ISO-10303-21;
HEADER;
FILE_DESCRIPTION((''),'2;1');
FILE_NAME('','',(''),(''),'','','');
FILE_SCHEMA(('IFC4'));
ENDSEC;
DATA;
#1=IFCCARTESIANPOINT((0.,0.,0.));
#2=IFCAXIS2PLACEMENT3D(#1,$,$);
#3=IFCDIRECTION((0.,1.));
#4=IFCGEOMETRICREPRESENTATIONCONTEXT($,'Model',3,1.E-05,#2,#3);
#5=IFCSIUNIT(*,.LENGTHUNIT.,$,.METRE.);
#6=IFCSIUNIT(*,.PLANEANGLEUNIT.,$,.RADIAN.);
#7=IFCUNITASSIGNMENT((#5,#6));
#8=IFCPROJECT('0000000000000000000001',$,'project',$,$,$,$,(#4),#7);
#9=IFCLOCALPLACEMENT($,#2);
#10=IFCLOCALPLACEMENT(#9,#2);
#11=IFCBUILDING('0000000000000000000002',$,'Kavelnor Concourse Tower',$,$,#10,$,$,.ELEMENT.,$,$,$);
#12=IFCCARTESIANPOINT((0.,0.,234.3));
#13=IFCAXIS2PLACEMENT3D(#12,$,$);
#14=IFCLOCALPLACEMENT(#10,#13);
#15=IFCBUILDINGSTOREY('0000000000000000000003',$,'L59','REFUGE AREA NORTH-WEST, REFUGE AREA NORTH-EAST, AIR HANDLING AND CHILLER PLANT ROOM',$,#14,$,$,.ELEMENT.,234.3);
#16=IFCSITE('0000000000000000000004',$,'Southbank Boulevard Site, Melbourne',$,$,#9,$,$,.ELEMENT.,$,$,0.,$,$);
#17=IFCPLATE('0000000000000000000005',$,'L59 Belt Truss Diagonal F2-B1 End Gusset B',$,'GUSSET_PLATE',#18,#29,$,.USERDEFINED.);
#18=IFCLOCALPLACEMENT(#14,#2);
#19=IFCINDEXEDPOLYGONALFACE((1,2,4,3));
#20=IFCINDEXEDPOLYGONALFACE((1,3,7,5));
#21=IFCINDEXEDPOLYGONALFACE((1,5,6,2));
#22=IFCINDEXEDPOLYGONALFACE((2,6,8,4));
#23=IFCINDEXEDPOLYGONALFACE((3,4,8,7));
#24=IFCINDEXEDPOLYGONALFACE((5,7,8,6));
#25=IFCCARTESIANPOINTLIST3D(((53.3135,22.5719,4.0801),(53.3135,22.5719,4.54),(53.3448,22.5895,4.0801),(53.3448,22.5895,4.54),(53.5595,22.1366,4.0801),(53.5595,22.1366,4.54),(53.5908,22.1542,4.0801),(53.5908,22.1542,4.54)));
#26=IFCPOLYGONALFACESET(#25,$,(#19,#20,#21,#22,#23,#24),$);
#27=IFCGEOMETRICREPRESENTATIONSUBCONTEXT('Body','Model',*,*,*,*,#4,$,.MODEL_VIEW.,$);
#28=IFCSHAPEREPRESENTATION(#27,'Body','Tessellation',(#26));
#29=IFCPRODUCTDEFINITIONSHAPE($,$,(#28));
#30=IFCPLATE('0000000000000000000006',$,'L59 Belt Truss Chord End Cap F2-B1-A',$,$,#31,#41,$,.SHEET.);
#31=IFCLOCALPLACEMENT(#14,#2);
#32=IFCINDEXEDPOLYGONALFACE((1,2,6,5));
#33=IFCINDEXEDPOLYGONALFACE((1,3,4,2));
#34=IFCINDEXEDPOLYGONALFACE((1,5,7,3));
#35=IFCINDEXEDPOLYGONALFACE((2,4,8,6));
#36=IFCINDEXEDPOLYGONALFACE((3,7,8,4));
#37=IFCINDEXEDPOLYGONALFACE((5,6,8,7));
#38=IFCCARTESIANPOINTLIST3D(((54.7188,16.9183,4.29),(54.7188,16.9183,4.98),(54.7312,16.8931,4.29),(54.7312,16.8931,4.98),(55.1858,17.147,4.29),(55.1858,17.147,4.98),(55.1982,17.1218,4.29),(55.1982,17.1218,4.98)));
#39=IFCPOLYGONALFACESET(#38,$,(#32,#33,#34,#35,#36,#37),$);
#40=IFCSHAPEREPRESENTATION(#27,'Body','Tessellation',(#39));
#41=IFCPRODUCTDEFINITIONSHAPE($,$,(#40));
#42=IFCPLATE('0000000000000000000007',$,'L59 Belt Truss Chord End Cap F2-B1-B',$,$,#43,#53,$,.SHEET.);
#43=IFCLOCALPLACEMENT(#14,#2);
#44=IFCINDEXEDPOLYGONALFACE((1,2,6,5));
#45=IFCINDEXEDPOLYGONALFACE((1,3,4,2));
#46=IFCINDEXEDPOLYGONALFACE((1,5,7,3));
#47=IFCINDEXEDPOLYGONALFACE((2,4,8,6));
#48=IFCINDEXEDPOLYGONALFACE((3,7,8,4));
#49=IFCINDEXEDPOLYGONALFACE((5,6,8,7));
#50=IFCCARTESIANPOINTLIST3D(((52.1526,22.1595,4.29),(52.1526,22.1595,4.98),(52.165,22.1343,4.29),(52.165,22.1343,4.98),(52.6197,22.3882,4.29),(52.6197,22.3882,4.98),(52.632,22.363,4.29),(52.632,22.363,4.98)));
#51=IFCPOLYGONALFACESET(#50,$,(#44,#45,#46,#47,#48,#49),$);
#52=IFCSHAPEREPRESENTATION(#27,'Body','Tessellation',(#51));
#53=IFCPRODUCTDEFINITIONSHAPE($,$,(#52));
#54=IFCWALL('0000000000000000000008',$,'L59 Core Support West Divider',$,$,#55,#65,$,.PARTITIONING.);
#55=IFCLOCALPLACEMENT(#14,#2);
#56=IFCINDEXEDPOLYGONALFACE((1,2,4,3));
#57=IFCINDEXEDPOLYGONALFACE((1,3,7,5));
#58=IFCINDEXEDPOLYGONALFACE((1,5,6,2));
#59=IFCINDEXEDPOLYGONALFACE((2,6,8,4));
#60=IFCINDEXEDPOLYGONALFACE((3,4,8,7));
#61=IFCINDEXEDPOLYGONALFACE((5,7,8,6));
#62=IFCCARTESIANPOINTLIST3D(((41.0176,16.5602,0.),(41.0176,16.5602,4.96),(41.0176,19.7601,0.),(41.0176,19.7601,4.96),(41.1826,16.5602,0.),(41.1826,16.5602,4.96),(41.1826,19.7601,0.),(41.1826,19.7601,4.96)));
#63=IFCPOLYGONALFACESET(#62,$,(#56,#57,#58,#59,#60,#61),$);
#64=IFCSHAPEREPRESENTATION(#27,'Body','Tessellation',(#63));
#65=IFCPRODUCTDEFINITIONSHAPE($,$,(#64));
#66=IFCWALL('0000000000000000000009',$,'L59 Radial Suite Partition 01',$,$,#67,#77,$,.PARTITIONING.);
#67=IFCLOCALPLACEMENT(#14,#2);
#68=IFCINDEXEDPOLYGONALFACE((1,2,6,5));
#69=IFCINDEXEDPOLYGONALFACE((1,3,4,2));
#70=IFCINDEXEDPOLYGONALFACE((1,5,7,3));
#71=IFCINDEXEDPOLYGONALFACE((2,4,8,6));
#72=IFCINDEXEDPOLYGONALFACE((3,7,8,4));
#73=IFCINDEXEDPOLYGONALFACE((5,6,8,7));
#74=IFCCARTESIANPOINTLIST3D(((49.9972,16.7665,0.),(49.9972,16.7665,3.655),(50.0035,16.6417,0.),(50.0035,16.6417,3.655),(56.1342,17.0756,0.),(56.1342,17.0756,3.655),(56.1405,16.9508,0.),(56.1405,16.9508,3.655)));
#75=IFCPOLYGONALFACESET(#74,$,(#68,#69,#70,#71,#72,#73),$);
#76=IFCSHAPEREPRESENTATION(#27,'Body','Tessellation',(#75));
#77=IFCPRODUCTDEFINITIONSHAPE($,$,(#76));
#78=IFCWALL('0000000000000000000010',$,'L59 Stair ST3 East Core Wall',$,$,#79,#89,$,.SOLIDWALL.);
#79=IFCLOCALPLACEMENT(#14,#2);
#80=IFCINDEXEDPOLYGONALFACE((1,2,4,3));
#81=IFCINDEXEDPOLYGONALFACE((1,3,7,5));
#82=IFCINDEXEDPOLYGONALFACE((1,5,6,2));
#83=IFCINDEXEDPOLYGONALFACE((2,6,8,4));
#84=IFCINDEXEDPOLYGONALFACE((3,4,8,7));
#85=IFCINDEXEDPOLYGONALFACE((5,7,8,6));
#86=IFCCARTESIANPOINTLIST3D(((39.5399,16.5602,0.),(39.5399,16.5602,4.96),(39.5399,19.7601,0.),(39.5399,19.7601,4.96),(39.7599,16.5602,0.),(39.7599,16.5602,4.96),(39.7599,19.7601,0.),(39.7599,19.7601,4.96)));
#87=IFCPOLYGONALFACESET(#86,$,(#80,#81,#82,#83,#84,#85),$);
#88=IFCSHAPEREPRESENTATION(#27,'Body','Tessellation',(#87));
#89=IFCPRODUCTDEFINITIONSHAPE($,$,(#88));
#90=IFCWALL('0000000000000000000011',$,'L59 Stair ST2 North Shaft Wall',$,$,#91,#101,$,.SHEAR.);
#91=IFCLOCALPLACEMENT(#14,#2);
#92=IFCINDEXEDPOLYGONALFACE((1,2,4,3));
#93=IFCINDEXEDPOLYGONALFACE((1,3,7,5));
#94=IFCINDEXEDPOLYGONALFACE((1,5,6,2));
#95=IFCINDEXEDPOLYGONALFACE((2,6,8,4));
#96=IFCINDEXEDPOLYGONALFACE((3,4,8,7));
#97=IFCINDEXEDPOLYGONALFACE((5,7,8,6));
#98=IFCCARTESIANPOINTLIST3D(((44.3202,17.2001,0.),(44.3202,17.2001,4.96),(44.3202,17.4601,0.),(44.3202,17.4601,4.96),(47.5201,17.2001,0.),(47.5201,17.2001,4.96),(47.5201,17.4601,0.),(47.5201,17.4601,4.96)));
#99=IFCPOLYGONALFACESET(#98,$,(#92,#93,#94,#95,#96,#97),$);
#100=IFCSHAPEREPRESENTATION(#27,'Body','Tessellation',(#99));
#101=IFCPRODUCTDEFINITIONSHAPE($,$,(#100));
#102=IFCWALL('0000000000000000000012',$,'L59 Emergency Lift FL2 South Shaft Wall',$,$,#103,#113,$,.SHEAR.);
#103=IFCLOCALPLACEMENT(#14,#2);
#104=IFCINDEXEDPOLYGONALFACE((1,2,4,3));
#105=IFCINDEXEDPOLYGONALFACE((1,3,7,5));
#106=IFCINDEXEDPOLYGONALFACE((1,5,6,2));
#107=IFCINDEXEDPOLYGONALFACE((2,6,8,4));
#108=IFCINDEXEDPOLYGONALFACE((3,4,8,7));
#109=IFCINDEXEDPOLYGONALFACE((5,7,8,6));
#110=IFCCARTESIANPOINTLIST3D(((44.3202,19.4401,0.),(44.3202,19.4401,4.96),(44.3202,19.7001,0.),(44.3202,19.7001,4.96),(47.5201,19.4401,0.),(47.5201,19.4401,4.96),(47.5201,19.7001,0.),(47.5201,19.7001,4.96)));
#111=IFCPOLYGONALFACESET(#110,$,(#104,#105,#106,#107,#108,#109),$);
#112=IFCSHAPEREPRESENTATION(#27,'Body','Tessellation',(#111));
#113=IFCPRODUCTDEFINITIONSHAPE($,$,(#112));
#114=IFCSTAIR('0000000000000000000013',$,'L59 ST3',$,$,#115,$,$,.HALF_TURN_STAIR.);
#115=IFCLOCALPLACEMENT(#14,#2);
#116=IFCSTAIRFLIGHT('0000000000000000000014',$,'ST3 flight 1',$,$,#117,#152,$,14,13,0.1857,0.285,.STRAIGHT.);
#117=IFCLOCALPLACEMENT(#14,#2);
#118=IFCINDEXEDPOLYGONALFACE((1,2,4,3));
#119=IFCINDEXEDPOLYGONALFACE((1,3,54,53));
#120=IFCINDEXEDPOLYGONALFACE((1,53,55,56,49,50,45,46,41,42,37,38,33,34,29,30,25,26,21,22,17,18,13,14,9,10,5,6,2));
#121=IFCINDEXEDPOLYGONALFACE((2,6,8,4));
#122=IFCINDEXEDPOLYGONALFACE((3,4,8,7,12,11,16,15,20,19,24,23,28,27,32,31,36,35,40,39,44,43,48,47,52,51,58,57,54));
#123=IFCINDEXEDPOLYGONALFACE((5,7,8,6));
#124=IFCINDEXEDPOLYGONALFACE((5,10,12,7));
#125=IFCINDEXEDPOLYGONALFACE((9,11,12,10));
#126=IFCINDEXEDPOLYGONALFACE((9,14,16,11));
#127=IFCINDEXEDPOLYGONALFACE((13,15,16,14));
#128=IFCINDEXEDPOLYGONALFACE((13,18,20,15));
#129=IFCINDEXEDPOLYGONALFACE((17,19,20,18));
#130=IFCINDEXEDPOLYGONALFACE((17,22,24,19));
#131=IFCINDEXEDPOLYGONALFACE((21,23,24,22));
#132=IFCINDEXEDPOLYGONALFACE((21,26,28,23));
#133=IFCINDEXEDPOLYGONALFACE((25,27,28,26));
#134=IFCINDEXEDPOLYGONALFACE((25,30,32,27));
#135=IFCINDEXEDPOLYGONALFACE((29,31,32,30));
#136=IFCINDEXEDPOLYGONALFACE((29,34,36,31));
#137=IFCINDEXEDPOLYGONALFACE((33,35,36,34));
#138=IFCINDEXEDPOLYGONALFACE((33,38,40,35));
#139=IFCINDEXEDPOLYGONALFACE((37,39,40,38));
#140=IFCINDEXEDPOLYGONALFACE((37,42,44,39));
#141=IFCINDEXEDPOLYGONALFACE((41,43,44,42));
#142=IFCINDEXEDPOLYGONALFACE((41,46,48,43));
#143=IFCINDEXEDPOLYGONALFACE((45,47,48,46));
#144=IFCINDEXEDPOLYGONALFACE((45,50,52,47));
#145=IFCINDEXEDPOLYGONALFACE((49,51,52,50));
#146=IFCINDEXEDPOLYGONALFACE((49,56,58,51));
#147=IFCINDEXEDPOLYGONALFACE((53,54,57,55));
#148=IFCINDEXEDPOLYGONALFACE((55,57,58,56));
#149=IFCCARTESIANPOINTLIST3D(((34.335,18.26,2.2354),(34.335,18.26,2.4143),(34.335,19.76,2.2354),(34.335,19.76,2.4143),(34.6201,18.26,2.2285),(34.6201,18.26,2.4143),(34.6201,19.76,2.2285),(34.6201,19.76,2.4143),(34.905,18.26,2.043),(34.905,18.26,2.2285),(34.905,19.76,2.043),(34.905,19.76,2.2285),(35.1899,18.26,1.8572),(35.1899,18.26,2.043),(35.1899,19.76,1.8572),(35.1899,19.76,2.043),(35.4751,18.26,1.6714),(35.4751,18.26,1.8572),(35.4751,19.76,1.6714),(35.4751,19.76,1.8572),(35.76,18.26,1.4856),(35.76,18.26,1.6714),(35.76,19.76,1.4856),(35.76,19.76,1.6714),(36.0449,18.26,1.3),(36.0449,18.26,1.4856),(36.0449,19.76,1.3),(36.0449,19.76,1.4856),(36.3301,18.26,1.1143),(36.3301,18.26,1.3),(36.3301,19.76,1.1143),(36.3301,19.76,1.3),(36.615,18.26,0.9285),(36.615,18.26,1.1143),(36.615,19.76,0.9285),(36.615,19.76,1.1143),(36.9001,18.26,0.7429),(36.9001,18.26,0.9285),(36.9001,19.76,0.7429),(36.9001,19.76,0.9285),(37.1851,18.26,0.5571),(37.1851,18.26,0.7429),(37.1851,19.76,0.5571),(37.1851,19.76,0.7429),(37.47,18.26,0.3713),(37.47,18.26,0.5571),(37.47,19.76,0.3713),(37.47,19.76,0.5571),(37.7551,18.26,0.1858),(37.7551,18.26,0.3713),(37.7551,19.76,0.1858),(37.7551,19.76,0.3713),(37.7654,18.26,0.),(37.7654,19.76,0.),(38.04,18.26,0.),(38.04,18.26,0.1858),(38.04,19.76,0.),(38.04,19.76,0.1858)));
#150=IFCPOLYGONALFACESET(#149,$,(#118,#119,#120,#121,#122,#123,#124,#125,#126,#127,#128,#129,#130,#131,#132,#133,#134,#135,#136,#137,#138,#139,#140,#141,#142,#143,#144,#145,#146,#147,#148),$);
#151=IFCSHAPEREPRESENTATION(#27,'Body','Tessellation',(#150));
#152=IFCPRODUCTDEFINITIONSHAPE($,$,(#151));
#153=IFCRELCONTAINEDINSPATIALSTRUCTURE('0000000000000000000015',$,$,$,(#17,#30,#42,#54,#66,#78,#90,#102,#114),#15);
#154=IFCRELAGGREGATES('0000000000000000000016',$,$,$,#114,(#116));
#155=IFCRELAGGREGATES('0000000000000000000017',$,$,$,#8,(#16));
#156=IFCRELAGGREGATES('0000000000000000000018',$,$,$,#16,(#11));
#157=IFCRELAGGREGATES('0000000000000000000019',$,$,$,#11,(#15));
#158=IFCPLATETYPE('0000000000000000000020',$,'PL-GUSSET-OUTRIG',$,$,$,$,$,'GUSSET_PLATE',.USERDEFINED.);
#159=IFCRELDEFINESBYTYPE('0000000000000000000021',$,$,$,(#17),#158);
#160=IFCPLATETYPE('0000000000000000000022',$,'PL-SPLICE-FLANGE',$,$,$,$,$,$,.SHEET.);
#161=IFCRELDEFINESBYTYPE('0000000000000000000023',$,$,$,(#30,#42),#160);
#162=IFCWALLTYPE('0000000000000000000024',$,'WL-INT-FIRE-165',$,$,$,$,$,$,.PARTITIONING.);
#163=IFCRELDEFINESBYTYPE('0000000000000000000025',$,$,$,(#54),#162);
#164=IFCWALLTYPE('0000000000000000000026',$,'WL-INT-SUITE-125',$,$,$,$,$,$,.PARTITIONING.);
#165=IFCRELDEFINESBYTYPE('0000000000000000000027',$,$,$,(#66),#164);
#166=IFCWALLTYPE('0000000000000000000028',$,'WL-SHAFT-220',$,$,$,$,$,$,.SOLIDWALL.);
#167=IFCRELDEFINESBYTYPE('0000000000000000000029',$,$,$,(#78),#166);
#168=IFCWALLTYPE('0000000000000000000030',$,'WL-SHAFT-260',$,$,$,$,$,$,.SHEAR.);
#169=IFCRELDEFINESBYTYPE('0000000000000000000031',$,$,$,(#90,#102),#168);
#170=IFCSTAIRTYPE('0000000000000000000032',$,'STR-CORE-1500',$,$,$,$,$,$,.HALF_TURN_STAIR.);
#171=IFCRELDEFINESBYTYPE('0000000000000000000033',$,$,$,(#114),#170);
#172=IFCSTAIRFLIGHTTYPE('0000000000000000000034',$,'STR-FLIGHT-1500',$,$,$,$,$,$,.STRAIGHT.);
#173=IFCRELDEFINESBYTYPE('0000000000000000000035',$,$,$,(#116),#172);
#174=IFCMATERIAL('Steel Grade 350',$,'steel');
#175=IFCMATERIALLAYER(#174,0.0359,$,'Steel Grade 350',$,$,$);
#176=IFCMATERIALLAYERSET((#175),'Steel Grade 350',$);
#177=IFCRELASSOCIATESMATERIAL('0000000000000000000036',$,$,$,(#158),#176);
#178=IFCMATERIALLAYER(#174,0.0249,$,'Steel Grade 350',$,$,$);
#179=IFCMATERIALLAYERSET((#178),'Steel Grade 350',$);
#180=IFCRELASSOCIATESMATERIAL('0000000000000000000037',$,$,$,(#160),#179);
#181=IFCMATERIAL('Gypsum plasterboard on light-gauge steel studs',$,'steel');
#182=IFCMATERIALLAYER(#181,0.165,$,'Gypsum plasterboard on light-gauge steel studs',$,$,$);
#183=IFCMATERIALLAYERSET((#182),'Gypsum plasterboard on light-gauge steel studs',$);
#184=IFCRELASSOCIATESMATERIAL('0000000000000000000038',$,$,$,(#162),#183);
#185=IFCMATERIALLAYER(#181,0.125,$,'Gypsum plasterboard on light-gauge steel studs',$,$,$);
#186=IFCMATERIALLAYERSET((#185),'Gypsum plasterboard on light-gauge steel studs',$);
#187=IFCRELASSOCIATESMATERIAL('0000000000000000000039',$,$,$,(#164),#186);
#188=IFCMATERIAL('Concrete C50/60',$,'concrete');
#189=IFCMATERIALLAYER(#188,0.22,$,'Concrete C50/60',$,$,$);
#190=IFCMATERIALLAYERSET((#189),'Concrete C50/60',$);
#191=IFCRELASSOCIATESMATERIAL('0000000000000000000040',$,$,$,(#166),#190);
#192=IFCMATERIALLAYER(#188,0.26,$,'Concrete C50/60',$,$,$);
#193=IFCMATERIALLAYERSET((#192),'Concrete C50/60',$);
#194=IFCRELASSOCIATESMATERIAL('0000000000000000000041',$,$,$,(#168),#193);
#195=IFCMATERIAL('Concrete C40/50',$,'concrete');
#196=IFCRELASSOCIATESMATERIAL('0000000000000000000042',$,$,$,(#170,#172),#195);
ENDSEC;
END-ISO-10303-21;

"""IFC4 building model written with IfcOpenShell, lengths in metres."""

from ifc_helpers import new_model, si_unit, direction, frame, frame_2d, origin, origin_2d, place, context, subcontext, project, spatial, polyline, rectangle, outline, extrude, material, layer, layer_set, type_object, element, aggregate, save


model = new_model("IFC4")

# Units and contexts
model_context = context("Model", 3, precision=1e-05, world=origin(), true_north=direction((0.0, 1.0)))
body_context = subcontext(model_context, "Body", "Model", "MODEL_VIEW")
ifc_project = project(units=[si_unit("LENGTHUNIT", "METRE"), si_unit("PLANEANGLEUNIT", "RADIAN")], contexts=[model_context])

# Site, building, storey
site_placement = place(None, origin())
site = spatial("IfcSite", under=ifc_project, at=site_placement, Name="Southbank Boulevard Site, Melbourne", CompositionType="ELEMENT", RefElevation=0.0)
building_placement = place(site_placement, origin())
building = spatial("IfcBuilding", under=site, at=building_placement, Name="Kavelnor Concourse Tower", CompositionType="ELEMENT")
storey_placement = place(building_placement, frame((0.0, 0.0, 234.3)))
storey = spatial("IfcBuildingStorey", under=building, at=storey_placement, Name="L59", Description="REFUGE AREA NORTH-WEST, REFUGE AREA NORTH-EAST, AIR HANDLING AND CHILLER PLANT ROOM", CompositionType="ELEMENT", Elevation=234.3)

# Shared definitions
ifc_material_1 = material(Name="Steel Grade 350", Category="steel")

# Plates
ifc_layer_1 = layer(ifc_material_1, 0.0359, Name="Steel Grade 350")
ifc_layer_set_1 = layer_set([ifc_layer_1], Name="Steel Grade 350")
plate_type_1 = type_object("IfcPlateType", Name="PL-GUSSET-OUTRIG", ElementType="GUSSET_PLATE", PredefinedType="USERDEFINED", material=ifc_layer_set_1)
for number, where, z_axis, x_axis, name in (
    (1, (53.4521, 22.363, 4.0801), (0.0, 0.0, 1.0), (-0.491968, 0.870613, 0.0), "L59 Belt Truss Diagonal F2-B1 End Gusset B"),
):
    element("IfcPlate", number, at=place(storey_placement, frame(where, z_axis=z_axis, x_axis=x_axis)), inside=storey, type_object=plate_type_1, Name=name, ObjectType="GUSSET_PLATE", PredefinedType="USERDEFINED", context=body_context, shape_type="SweptSolid", body=[
        extrude(rectangle(XDim=0.5, YDim=0.0359, at=origin_2d()), origin(), (0.0, 0.0, 1.0), 0.46),
    ])
ifc_layer_2 = layer(ifc_material_1, 0.0249, Name="Steel Grade 350")
ifc_layer_set_2 = layer_set([ifc_layer_2], Name="Steel Grade 350")
plate_type_2 = type_object("IfcPlateType", Name="PL-SPLICE-FLANGE", PredefinedType="SHEET", material=ifc_layer_set_2)
for number, where, z_axis, x_axis, name in (
    (2, (54.9585, 17.02, 4.29), (0.0, 0.0, 1.0), (0.898104, 0.439782, 0.0), "L59 Belt Truss Chord End Cap F2-B1-A"),
    (3, (52.3923, 22.2612, 4.29), (0.0, 0.0, 1.0), (-0.898104, -0.439782, 0.0), "L59 Belt Truss Chord End Cap F2-B1-B"),
):
    element("IfcPlate", number, at=place(storey_placement, frame(where, z_axis=z_axis, x_axis=x_axis)), inside=storey, type_object=plate_type_2, Name=name, PredefinedType="SHEET", context=body_context, shape_type="SweptSolid", body=[
        extrude(rectangle(XDim=0.52, YDim=0.0281, at=origin_2d()), origin(), (0.0, 0.0, 1.0), 0.6899),
    ])

# Walls
ifc_material_2 = material(Name="Gypsum plasterboard on light-gauge steel studs", Category="steel")
ifc_layer_3 = layer(ifc_material_2, 0.165, Name="Gypsum plasterboard on light-gauge steel studs")
ifc_layer_set_3 = layer_set([ifc_layer_3], Name="Gypsum plasterboard on light-gauge steel studs")
wall_type_1 = type_object("IfcWallType", Name="WL-INT-FIRE-165", PredefinedType="PARTITIONING", material=ifc_layer_set_3)
wall_1_placement = place(storey_placement, frame((41.1001, 16.5601, 0.0), z_axis=(0.0, 0.0, 1.0), x_axis=(0.0, 1.0, 0.0)))
element("IfcWall", 4, at=wall_1_placement, inside=storey, type_object=wall_type_1, Name="L59 Core Support West Divider", PredefinedType="PARTITIONING", context=body_context, shape_type="SweptSolid", body=[
    extrude(rectangle(XDim=3.2, YDim=0.165, at=frame_2d((1.6001, 0.0))), origin(), (0.0, 0.0, 1.0), 4.96),
])
ifc_layer_4 = layer(ifc_material_2, 0.125, Name="Gypsum plasterboard on light-gauge steel studs")
ifc_layer_set_4 = layer_set([ifc_layer_4], Name="Gypsum plasterboard on light-gauge steel studs")
wall_type_2 = type_object("IfcWallType", Name="WL-INT-SUITE-125", PredefinedType="PARTITIONING", material=ifc_layer_set_4)
wall_2_placement = place(storey_placement, frame((50.0005, 16.7041, 0.0), z_axis=(0.0, 0.0, 1.0), x_axis=(0.998734, 0.0503, 0.0)))
element("IfcWall", 5, at=wall_2_placement, inside=storey, type_object=wall_type_2, Name="L59 Radial Suite Partition 01", PredefinedType="PARTITIONING", context=body_context, shape_type="SweptSolid", body=[
    extrude(rectangle(XDim=6.1448, YDim=0.125, at=frame_2d((3.0723, 0.0))), origin(), (0.0, 0.0, 1.0), 3.655),
])
ifc_material_3 = material(Name="Concrete C50/60", Category="concrete")
ifc_layer_5 = layer(ifc_material_3, 0.22, Name="Concrete C50/60")
ifc_layer_set_5 = layer_set([ifc_layer_5], Name="Concrete C50/60")
wall_type_3 = type_object("IfcWallType", Name="WL-SHAFT-220", PredefinedType="SOLIDWALL", material=ifc_layer_set_5)
wall_3_placement = place(storey_placement, frame((39.6499, 16.5601, 0.0), z_axis=(0.0, 0.0, 1.0), x_axis=(0.0, 1.0, 0.0)))
element("IfcWall", 6, at=wall_3_placement, inside=storey, type_object=wall_type_3, Name="L59 Stair ST3 East Core Wall", PredefinedType="SOLIDWALL", context=body_context, shape_type="SweptSolid", body=[
    extrude(rectangle(XDim=3.2, YDim=0.22, at=frame_2d((1.6001, 0.0))), origin(), (0.0, 0.0, 1.0), 4.96),
])
ifc_layer_6 = layer(ifc_material_3, 0.26, Name="Concrete C50/60")
ifc_layer_set_6 = layer_set([ifc_layer_6], Name="Concrete C50/60")
wall_type_4 = type_object("IfcWallType", Name="WL-SHAFT-260", PredefinedType="SHEAR", material=ifc_layer_set_6)
for number, where, z_axis, x_axis, name in (
    (7, (44.3201, 17.3301, 0.0), (0.0, 0.0, 1.0), (1.0, 0.0, 0.0), "L59 Stair ST2 North Shaft Wall"),
    (8, (44.3201, 19.5701, 0.0), (0.0, 0.0, 1.0), (1.0, 0.0, 0.0), "L59 Emergency Lift FL2 South Shaft Wall"),
):
    element("IfcWall", number, at=place(storey_placement, frame(where, z_axis=z_axis, x_axis=x_axis)), inside=storey, type_object=wall_type_4, Name=name, PredefinedType="SHEAR", context=body_context, shape_type="SweptSolid", body=[
        extrude(rectangle(XDim=3.2, YDim=0.26, at=frame_2d((1.6001, 0.0))), origin(), (0.0, 0.0, 1.0), 4.96),
    ])

# Stair, stair flight
ifc_material_4 = material(Name="Concrete C40/50", Category="concrete")
stair_type = type_object("IfcStairType", Name="STR-CORE-1500", PredefinedType="HALF_TURN_STAIR", material=ifc_material_4)
stair_placement = place(storey_placement, origin())
stair = element("IfcStair", 9, at=stair_placement, inside=storey, type_object=stair_type, Name="L59 ST3", PredefinedType="HALF_TURN_STAIR")
stair_flight_type = type_object("IfcStairFlightType", Name="STR-FLIGHT-1500", PredefinedType="STRAIGHT", material=ifc_material_4)
stair_flight_1_placement = place(storey_placement, frame((38.04, 19.01, 0.0), z_axis=(0.0, 0.0, 1.0), x_axis=(-1.0, 0.0, 0.0)))
stair_flight_1 = element("IfcStairFlight", 10, at=stair_flight_1_placement, type_object=stair_flight_type, Name="ST3 flight 1", NumberOfRisers=14, NumberOfTreads=13, PredefinedType="STRAIGHT", RiserHeight=0.1857, TreadLength=0.285, context=body_context, shape_type="SweptSolid", body=[
    extrude(outline(polyline([(0.0, 0.0), (0.0, 0.1858), (0.2849, 0.1858), (0.2849, 0.3713), (0.5701, 0.3713), (0.5701, 0.5571), (0.855, 0.5571), (0.855, 0.7429), (1.1399, 0.7429), (1.1399, 0.9285), (1.425, 0.9285), (1.425, 1.1143), (1.71, 1.1143), (1.71, 1.3), (1.9951, 1.3), (1.9951, 1.4856), (2.28, 1.4856), (2.28, 1.6714), (2.5649, 1.6714), (2.5649, 1.8572), (2.8501, 1.8572), (2.8501, 2.043), (3.135, 2.043), (3.135, 2.2285), (3.4199, 2.2285), (3.4199, 2.4143), (3.7051, 2.4143), (3.7051, 2.6001), (3.7051, 2.2354), (0.2747, 0.0), (0.0, 0.0)])), frame((0.0, 0.75, 0.0), z_axis=(0.0, -1.0, 0.0), x_axis=(1.0, 0.0, 0.0)), (0.0, 0.0, 1.0), 1.5),
])
aggregate(stair, [stair_flight_1])

save(model, "model.ifc")
